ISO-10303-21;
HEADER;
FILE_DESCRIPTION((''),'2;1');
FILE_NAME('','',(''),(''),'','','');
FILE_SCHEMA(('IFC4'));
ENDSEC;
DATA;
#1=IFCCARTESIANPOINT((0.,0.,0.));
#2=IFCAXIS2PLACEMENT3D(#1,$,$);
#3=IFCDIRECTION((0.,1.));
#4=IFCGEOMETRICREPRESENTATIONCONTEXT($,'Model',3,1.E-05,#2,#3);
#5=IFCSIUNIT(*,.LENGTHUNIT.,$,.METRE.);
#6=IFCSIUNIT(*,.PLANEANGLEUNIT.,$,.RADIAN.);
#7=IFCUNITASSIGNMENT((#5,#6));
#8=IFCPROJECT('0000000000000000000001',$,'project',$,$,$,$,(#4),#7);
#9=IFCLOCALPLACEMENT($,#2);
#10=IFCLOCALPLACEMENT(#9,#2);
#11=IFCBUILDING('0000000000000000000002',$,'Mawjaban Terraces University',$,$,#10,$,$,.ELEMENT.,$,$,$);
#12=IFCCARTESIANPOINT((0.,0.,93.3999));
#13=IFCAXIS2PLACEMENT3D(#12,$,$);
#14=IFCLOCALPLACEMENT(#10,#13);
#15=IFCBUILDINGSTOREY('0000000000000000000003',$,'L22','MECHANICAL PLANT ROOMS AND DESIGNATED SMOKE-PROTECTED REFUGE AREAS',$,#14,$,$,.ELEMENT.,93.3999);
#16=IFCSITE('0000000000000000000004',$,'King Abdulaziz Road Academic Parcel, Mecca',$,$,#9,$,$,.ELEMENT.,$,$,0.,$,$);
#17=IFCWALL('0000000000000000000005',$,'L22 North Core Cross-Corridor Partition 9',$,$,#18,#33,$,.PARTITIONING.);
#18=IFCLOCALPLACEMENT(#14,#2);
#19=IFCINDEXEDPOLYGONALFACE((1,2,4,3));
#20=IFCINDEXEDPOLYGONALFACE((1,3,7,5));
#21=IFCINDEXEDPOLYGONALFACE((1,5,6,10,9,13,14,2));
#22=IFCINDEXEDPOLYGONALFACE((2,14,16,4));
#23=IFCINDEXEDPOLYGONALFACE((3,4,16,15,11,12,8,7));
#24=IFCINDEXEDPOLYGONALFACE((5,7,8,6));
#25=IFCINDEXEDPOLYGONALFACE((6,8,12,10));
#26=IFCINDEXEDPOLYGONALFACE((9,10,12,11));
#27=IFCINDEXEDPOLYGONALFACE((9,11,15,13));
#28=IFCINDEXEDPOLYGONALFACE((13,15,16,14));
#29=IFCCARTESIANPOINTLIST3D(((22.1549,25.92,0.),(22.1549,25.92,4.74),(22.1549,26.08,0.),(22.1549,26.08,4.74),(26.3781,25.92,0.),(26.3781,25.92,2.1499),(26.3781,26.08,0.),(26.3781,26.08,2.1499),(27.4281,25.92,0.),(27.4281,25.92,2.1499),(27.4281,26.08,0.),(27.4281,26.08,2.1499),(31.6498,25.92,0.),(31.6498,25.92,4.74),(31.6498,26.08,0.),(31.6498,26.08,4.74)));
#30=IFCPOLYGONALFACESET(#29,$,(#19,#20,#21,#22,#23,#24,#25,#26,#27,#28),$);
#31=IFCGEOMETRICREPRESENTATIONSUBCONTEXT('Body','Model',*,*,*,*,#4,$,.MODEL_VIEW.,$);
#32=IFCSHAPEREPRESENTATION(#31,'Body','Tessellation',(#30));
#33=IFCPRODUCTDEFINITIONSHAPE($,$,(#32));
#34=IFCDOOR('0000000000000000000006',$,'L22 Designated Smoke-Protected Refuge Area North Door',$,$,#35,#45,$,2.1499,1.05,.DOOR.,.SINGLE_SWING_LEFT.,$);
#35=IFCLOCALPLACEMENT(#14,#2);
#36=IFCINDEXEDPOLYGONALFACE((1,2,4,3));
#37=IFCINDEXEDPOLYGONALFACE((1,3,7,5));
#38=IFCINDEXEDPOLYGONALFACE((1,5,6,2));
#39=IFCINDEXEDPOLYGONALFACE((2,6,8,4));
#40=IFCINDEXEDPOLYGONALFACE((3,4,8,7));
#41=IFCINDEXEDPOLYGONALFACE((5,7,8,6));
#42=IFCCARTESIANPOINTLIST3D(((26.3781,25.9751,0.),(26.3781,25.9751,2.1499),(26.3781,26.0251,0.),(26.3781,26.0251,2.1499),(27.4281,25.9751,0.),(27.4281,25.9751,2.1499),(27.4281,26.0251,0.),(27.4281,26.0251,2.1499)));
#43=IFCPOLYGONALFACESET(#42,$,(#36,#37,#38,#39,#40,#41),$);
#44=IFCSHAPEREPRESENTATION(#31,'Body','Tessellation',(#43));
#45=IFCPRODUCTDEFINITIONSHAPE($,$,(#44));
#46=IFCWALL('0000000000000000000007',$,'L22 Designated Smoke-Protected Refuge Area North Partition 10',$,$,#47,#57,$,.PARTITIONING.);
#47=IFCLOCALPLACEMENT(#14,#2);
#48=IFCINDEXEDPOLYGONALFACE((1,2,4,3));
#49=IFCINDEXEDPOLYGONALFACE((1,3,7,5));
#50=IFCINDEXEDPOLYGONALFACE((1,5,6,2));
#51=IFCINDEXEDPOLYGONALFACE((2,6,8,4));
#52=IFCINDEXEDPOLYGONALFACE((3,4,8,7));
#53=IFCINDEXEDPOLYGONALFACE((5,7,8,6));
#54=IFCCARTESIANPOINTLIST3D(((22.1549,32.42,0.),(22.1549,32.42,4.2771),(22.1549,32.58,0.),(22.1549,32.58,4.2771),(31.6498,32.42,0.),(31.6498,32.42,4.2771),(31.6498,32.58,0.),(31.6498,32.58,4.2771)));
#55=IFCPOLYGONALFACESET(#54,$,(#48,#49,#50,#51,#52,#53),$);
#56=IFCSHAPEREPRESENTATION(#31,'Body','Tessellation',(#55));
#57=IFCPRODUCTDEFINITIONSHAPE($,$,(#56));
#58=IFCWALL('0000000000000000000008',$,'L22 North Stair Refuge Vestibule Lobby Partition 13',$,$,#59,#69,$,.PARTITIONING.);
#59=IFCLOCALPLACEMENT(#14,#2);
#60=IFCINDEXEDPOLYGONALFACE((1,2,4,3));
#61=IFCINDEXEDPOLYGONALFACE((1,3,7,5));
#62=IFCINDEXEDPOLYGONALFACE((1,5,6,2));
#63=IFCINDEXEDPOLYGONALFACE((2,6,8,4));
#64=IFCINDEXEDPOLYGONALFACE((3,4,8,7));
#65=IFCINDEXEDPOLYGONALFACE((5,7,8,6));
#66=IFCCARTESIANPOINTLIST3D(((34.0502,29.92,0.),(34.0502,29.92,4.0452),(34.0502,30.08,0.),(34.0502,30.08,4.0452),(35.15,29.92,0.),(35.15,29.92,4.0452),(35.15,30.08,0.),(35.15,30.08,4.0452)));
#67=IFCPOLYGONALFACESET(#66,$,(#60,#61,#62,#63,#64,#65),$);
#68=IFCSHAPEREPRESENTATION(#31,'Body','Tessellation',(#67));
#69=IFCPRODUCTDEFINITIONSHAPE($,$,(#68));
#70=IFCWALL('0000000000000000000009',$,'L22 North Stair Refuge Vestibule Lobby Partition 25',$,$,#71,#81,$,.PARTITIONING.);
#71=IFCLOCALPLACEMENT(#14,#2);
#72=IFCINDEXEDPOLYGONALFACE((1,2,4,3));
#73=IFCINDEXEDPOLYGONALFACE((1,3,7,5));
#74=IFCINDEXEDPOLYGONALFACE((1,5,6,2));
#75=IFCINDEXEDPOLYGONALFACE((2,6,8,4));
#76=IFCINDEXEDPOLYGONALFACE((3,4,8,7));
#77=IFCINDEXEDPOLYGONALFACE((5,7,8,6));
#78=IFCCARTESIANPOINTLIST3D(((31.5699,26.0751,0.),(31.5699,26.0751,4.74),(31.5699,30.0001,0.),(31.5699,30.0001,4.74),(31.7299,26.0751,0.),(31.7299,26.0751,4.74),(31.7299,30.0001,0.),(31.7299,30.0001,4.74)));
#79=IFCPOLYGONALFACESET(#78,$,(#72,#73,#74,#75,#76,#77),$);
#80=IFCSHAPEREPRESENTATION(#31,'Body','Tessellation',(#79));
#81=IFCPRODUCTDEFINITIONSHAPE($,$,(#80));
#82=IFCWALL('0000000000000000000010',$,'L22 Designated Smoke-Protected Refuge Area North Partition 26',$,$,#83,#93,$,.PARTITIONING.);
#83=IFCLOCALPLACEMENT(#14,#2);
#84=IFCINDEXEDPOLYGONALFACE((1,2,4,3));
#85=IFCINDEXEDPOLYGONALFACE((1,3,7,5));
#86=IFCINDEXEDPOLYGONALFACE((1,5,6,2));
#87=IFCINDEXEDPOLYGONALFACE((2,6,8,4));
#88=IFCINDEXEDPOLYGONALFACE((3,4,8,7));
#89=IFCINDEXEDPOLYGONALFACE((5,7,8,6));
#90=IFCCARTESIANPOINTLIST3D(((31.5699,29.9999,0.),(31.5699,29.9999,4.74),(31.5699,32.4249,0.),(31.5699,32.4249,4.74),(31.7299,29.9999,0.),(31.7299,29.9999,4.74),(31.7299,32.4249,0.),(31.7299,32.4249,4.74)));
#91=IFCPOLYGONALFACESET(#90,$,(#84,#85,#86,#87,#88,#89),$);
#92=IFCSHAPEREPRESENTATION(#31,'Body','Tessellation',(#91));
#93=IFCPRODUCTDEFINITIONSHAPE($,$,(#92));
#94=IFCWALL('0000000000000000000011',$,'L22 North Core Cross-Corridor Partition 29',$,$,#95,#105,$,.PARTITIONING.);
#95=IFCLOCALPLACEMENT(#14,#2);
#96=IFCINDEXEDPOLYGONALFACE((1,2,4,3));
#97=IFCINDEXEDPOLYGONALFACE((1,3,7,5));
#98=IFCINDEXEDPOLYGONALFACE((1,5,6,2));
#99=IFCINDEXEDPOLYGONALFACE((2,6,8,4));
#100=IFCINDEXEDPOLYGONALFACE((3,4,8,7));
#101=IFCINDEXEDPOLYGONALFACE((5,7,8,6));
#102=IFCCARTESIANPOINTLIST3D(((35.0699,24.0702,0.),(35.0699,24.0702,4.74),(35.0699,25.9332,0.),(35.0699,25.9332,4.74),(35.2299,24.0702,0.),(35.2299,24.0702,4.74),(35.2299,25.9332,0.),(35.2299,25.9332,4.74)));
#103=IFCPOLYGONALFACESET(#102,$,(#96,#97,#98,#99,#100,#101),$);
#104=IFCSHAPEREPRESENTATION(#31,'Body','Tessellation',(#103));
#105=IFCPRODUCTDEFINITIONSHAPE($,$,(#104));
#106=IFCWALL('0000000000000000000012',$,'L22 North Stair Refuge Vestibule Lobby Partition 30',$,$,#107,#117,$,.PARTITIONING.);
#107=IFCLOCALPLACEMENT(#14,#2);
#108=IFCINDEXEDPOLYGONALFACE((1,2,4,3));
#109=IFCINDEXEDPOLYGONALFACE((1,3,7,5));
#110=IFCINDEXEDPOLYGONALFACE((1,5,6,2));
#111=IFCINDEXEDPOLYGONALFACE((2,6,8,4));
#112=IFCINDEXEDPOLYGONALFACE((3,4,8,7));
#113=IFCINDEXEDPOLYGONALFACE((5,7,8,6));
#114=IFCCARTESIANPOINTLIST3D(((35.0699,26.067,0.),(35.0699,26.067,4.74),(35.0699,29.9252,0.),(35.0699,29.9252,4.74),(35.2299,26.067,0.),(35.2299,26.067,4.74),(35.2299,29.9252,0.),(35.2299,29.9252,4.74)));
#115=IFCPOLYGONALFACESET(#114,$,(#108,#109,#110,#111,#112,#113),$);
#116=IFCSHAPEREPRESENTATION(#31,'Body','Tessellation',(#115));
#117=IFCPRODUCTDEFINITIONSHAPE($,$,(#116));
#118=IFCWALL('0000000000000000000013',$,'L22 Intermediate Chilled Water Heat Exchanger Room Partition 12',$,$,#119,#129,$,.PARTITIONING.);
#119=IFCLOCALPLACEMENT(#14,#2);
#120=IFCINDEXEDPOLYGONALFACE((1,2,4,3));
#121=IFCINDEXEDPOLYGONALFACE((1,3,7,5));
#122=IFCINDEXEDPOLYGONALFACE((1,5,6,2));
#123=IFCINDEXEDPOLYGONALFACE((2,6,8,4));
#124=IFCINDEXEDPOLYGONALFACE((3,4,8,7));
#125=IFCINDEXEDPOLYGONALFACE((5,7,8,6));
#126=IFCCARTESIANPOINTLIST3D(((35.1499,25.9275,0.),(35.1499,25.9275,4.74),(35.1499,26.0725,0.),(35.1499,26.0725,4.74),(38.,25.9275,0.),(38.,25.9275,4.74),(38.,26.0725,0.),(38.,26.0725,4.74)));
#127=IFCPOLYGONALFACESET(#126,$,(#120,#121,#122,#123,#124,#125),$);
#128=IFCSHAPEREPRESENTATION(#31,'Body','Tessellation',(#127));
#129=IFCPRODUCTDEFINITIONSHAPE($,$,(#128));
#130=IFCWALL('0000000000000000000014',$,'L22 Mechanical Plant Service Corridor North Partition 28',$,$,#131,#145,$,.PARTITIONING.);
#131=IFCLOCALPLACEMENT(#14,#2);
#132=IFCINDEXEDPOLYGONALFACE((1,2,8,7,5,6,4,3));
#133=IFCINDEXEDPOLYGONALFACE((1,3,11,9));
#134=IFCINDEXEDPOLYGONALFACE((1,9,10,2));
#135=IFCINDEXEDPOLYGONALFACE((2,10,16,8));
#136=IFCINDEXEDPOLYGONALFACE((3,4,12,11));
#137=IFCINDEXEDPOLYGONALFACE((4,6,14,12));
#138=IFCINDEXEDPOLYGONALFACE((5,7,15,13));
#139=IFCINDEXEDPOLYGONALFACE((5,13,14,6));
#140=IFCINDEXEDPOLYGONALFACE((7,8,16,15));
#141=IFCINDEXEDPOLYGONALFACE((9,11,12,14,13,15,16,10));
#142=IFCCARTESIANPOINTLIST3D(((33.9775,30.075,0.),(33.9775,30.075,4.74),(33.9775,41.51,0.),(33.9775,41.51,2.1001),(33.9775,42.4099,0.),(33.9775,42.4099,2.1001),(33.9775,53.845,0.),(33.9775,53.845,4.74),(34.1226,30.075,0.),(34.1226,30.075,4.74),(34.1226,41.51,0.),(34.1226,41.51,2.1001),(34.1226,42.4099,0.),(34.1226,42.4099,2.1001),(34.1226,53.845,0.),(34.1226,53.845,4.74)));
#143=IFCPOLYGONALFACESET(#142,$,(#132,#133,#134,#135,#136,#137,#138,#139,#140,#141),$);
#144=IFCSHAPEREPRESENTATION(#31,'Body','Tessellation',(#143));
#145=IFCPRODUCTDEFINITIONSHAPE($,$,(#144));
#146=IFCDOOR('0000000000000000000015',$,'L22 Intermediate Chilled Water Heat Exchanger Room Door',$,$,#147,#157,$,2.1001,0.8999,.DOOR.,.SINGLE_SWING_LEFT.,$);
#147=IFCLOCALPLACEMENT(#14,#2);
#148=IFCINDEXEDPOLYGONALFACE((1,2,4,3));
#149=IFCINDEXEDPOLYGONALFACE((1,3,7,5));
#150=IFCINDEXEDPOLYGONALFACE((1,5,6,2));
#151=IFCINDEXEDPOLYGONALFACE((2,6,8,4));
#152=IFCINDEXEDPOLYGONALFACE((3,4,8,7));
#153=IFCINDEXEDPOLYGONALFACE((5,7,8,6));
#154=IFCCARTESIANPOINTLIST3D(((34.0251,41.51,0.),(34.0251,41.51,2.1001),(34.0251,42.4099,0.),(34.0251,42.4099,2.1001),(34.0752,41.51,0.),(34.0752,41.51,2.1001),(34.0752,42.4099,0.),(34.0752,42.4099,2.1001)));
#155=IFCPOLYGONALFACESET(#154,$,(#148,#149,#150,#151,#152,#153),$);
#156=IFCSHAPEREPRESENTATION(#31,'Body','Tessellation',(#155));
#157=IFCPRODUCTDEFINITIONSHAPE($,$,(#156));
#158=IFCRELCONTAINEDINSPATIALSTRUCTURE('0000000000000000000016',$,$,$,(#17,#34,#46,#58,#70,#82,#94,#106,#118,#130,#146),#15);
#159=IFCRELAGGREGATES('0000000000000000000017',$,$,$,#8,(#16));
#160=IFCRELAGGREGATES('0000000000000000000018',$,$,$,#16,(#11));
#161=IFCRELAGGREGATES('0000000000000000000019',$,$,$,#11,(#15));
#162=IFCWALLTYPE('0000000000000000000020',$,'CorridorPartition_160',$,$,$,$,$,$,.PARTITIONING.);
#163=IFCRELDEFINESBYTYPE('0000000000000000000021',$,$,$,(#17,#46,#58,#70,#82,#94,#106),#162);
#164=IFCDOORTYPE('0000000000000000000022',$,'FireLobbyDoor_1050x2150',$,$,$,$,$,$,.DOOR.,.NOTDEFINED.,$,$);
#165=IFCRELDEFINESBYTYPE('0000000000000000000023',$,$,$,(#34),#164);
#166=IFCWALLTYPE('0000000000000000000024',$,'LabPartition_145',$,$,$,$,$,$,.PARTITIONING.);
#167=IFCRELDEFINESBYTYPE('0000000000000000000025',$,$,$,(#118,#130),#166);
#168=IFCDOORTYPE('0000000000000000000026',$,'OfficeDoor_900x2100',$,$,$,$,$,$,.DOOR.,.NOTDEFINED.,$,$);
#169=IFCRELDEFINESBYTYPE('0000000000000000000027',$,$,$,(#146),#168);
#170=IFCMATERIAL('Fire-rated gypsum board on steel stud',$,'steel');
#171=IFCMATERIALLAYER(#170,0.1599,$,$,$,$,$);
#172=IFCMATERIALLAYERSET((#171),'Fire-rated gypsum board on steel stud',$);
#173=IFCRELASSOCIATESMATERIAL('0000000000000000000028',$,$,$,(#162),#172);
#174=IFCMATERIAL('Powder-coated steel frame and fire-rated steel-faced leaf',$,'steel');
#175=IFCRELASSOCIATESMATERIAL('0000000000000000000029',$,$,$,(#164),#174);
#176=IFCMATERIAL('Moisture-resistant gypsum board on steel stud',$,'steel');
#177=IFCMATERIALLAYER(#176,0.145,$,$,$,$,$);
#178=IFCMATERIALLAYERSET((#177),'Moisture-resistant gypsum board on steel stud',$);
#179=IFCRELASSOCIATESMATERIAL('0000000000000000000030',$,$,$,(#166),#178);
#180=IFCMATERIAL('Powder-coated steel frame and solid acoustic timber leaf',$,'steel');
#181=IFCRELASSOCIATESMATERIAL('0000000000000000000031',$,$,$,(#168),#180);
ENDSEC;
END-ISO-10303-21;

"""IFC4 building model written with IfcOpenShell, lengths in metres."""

from ifc_helpers import new_model, si_unit, direction, frame, frame_2d, origin, place, context, subcontext, project, spatial, rectangle, extrude, material, layer, layer_set, type_object, element, fill, save


model = new_model("IFC4")

# Units and contexts
model_context = context("Model", 3, precision=1e-05, world=origin(), true_north=direction((0.0, 1.0)))
body_context = subcontext(model_context, "Body", "Model", "MODEL_VIEW")
ifc_project = project(units=[si_unit("LENGTHUNIT", "METRE"), si_unit("PLANEANGLEUNIT", "RADIAN")], contexts=[model_context])

# Site, building, storey
site_placement = place(None, origin())
site = spatial("IfcSite", under=ifc_project, at=site_placement, Name="King Abdulaziz Road Academic Parcel, Mecca", CompositionType="ELEMENT", RefElevation=0.0)
building_placement = place(site_placement, origin())
building = spatial("IfcBuilding", under=site, at=building_placement, Name="Mawjaban Terraces University", CompositionType="ELEMENT")
storey_placement = place(building_placement, frame((0.0, 0.0, 93.3999)))
storey = spatial("IfcBuildingStorey", under=building, at=storey_placement, Name="L22", Description="MECHANICAL PLANT ROOMS AND DESIGNATED SMOKE-PROTECTED REFUGE AREAS", CompositionType="ELEMENT", Elevation=93.3999)

# Wall, opening, door
ifc_material_1 = material(Name="Fire-rated gypsum board on steel stud", Category="steel")
ifc_layer_1 = layer(ifc_material_1, 0.1599)
ifc_layer_set_1 = layer_set([ifc_layer_1], Name="Fire-rated gypsum board on steel stud")
wall_type_1 = type_object("IfcWallType", Name="CorridorPartition_160", PredefinedType="PARTITIONING", material=ifc_layer_set_1)
wall_1_placement = place(storey_placement, frame((31.6499, 26.0, 0.0), z_axis=(0.0, 0.0, 1.0), x_axis=(-1.0, 0.0, 0.0)))
wall_1 = element("IfcWall", 1, at=wall_1_placement, inside=storey, type_object=wall_type_1, Name="L22 North Core Cross-Corridor Partition 9", PredefinedType="PARTITIONING", context=body_context, shape_type="SweptSolid", body=[
    extrude(rectangle(XDim=9.4949, YDim=0.1599, at=frame_2d((4.7476, 0.0))), origin(), (0.0, 0.0, 1.0), 4.74),
])
opening_1_placement = place(wall_1_placement, frame((4.2219, 0.0, 0.0)))
opening_1 = element("IfcOpeningElement", 2, at=opening_1_placement, cuts=wall_1, PredefinedType="OPENING", context=body_context, shape_type="SweptSolid", body=[
    extrude(rectangle(XDim=1.05, YDim=2.1499, at=frame_2d((0.5249, 1.075))), frame((0.0, 0.0898, 0.0), z_axis=(0.0, -1.0, 0.0), x_axis=(1.0, 0.0, 0.0)), (0.0, 0.0, 1.0), 0.1799),
])
ifc_material_2 = material(Name="Powder-coated steel frame and fire-rated steel-faced leaf", Category="steel")
door_type_1 = type_object("IfcDoorType", Name="FireLobbyDoor_1050x2150", OperationType="NOTDEFINED", PredefinedType="DOOR", material=ifc_material_2)
door_1_placement = place(opening_1_placement, origin())
door_1 = element("IfcDoor", 3, at=door_1_placement, inside=storey, type_object=door_type_1, Name="L22 Designated Smoke-Protected Refuge Area North Door", OperationType="SINGLE_SWING_LEFT", OverallHeight=2.1499, OverallWidth=1.05, PredefinedType="DOOR", context=body_context, shape_type="SweptSolid", body=[
    extrude(rectangle(XDim=1.05, YDim=2.1499, at=frame_2d((0.5249, 1.075))), frame((0.0, 0.0249, 0.0), z_axis=(0.0, -1.0, 0.0), x_axis=(1.0, 0.0, 0.0)), (0.0, 0.0, 1.0), 0.05),
])
fill(opening_1, door_1)

# Walls
wall_2_placement = place(storey_placement, frame((31.6499, 32.5, 0.0), z_axis=(0.0, 0.0, 1.0), x_axis=(-1.0, 0.0, 0.0)))
element("IfcWall", 4, at=wall_2_placement, inside=storey, type_object=wall_type_1, Name="L22 Designated Smoke-Protected Refuge Area North Partition 10", PredefinedType="PARTITIONING", context=body_context, shape_type="SweptSolid", body=[
    extrude(rectangle(XDim=9.4949, YDim=0.1599, at=frame_2d((4.7476, 0.0))), origin(), (0.0, 0.0, 1.0), 4.2771),
])
wall_3_placement = place(storey_placement, frame((35.1499, 30.0, 0.0), z_axis=(0.0, 0.0, 1.0), x_axis=(-1.0, 0.0, 0.0)))
element("IfcWall", 5, at=wall_3_placement, inside=storey, type_object=wall_type_1, Name="L22 North Stair Refuge Vestibule Lobby Partition 13", PredefinedType="PARTITIONING", context=body_context, shape_type="SweptSolid", body=[
    extrude(rectangle(XDim=1.0999, YDim=0.1599, at=frame_2d((0.5498, 0.0))), origin(), (0.0, 0.0, 1.0), 4.0452),
])
wall_4_placement = place(storey_placement, frame((31.6499, 30.0, 0.0), z_axis=(0.0, 0.0, 1.0), x_axis=(0.0, -1.0, 0.0)))
element("IfcWall", 6, at=wall_4_placement, inside=storey, type_object=wall_type_1, Name="L22 North Stair Refuge Vestibule Lobby Partition 25", PredefinedType="PARTITIONING", context=body_context, shape_type="SweptSolid", body=[
    extrude(rectangle(XDim=3.925, YDim=0.1599, at=frame_2d((1.9624, 0.0))), origin(), (0.0, 0.0, 1.0), 4.74),
])
wall_5_placement = place(storey_placement, frame((31.6499, 30.0, 0.0), z_axis=(0.0, 0.0, 1.0), x_axis=(0.0, 1.0, 0.0)))
element("IfcWall", 7, at=wall_5_placement, inside=storey, type_object=wall_type_1, Name="L22 Designated Smoke-Protected Refuge Area North Partition 26", PredefinedType="PARTITIONING", context=body_context, shape_type="SweptSolid", body=[
    extrude(rectangle(XDim=2.425, YDim=0.1599, at=frame_2d((1.2124, 0.0))), origin(), (0.0, 0.0, 1.0), 4.74),
])
wall_6_placement = place(storey_placement, frame((35.1499, 24.0701, 0.0), z_axis=(0.0, 0.0, 1.0), x_axis=(0.0, 1.0, 0.0)))
element("IfcWall", 8, at=wall_6_placement, inside=storey, type_object=wall_type_1, Name="L22 North Core Cross-Corridor Partition 29", PredefinedType="PARTITIONING", context=body_context, shape_type="SweptSolid", body=[
    extrude(rectangle(XDim=1.863, YDim=0.1599, at=frame_2d((0.9316, 0.0))), origin(), (0.0, 0.0, 1.0), 4.74),
])
wall_7_placement = place(storey_placement, frame((35.1499, 26.0669, 0.0), z_axis=(0.0, 0.0, 1.0), x_axis=(0.0, 1.0, 0.0)))
element("IfcWall", 9, at=wall_7_placement, inside=storey, type_object=wall_type_1, Name="L22 North Stair Refuge Vestibule Lobby Partition 30", PredefinedType="PARTITIONING", context=body_context, shape_type="SweptSolid", body=[
    extrude(rectangle(XDim=3.8582, YDim=0.1599, at=frame_2d((1.9292, 0.0))), origin(), (0.0, 0.0, 1.0), 4.74),
])
ifc_material_3 = material(Name="Moisture-resistant gypsum board on steel stud", Category="steel")
ifc_layer_2 = layer(ifc_material_3, 0.145)
ifc_layer_set_2 = layer_set([ifc_layer_2], Name="Moisture-resistant gypsum board on steel stud")
wall_type_2 = type_object("IfcWallType", Name="LabPartition_145", PredefinedType="PARTITIONING", material=ifc_layer_set_2)
wall_8_placement = place(storey_placement, frame((35.1499, 26.0, 0.0), z_axis=(0.0, 0.0, 1.0), x_axis=(1.0, 0.0, 0.0)))
element("IfcWall", 10, at=wall_8_placement, inside=storey, type_object=wall_type_2, Name="L22 Intermediate Chilled Water Heat Exchanger Room Partition 12", PredefinedType="PARTITIONING", context=body_context, shape_type="SweptSolid", body=[
    extrude(rectangle(XDim=2.8501, YDim=0.145, at=frame_2d((1.425, 0.0))), origin(), (0.0, 0.0, 1.0), 4.74),
])

# Wall, opening, door
wall_9_placement = place(storey_placement, frame((34.05, 30.075, 0.0), z_axis=(0.0, 0.0, 1.0), x_axis=(0.0, 1.0, 0.0)))
wall_9 = element("IfcWall", 11, at=wall_9_placement, inside=storey, type_object=wall_type_2, Name="L22 Mechanical Plant Service Corridor North Partition 28", PredefinedType="PARTITIONING", context=body_context, shape_type="SweptSolid", body=[
    extrude(rectangle(XDim=23.77, YDim=0.145, at=frame_2d((11.885, 0.0))), origin(), (0.0, 0.0, 1.0), 4.74),
])
opening_2_placement = place(wall_9_placement, frame((11.4351, 0.0, 0.0)))
opening_2 = element("IfcOpeningElement", 12, at=opening_2_placement, cuts=wall_9, PredefinedType="OPENING", context=body_context, shape_type="SweptSolid", body=[
    extrude(rectangle(XDim=0.8999, YDim=2.1001, at=frame_2d((0.45, 1.05))), frame((0.0, 0.0825, 0.0), z_axis=(0.0, -1.0, 0.0), x_axis=(1.0, 0.0, 0.0)), (0.0, 0.0, 1.0), 0.165),
])
ifc_material_4 = material(Name="Powder-coated steel frame and solid acoustic timber leaf", Category="steel")
door_type_2 = type_object("IfcDoorType", Name="OfficeDoor_900x2100", OperationType="NOTDEFINED", PredefinedType="DOOR", material=ifc_material_4)
door_2_placement = place(opening_2_placement, origin())
door_2 = element("IfcDoor", 13, at=door_2_placement, inside=storey, type_object=door_type_2, Name="L22 Intermediate Chilled Water Heat Exchanger Room Door", OperationType="SINGLE_SWING_LEFT", OverallHeight=2.1001, OverallWidth=0.8999, PredefinedType="DOOR", context=body_context, shape_type="SweptSolid", body=[
    extrude(rectangle(XDim=0.8999, YDim=2.1001, at=frame_2d((0.45, 1.05))), frame((0.0, 0.0249, 0.0), z_axis=(0.0, -1.0, 0.0), x_axis=(1.0, 0.0, 0.0)), (0.0, 0.0, 1.0), 0.05),
])
fill(opening_2, door_2)

save(model, "model.ifc")
